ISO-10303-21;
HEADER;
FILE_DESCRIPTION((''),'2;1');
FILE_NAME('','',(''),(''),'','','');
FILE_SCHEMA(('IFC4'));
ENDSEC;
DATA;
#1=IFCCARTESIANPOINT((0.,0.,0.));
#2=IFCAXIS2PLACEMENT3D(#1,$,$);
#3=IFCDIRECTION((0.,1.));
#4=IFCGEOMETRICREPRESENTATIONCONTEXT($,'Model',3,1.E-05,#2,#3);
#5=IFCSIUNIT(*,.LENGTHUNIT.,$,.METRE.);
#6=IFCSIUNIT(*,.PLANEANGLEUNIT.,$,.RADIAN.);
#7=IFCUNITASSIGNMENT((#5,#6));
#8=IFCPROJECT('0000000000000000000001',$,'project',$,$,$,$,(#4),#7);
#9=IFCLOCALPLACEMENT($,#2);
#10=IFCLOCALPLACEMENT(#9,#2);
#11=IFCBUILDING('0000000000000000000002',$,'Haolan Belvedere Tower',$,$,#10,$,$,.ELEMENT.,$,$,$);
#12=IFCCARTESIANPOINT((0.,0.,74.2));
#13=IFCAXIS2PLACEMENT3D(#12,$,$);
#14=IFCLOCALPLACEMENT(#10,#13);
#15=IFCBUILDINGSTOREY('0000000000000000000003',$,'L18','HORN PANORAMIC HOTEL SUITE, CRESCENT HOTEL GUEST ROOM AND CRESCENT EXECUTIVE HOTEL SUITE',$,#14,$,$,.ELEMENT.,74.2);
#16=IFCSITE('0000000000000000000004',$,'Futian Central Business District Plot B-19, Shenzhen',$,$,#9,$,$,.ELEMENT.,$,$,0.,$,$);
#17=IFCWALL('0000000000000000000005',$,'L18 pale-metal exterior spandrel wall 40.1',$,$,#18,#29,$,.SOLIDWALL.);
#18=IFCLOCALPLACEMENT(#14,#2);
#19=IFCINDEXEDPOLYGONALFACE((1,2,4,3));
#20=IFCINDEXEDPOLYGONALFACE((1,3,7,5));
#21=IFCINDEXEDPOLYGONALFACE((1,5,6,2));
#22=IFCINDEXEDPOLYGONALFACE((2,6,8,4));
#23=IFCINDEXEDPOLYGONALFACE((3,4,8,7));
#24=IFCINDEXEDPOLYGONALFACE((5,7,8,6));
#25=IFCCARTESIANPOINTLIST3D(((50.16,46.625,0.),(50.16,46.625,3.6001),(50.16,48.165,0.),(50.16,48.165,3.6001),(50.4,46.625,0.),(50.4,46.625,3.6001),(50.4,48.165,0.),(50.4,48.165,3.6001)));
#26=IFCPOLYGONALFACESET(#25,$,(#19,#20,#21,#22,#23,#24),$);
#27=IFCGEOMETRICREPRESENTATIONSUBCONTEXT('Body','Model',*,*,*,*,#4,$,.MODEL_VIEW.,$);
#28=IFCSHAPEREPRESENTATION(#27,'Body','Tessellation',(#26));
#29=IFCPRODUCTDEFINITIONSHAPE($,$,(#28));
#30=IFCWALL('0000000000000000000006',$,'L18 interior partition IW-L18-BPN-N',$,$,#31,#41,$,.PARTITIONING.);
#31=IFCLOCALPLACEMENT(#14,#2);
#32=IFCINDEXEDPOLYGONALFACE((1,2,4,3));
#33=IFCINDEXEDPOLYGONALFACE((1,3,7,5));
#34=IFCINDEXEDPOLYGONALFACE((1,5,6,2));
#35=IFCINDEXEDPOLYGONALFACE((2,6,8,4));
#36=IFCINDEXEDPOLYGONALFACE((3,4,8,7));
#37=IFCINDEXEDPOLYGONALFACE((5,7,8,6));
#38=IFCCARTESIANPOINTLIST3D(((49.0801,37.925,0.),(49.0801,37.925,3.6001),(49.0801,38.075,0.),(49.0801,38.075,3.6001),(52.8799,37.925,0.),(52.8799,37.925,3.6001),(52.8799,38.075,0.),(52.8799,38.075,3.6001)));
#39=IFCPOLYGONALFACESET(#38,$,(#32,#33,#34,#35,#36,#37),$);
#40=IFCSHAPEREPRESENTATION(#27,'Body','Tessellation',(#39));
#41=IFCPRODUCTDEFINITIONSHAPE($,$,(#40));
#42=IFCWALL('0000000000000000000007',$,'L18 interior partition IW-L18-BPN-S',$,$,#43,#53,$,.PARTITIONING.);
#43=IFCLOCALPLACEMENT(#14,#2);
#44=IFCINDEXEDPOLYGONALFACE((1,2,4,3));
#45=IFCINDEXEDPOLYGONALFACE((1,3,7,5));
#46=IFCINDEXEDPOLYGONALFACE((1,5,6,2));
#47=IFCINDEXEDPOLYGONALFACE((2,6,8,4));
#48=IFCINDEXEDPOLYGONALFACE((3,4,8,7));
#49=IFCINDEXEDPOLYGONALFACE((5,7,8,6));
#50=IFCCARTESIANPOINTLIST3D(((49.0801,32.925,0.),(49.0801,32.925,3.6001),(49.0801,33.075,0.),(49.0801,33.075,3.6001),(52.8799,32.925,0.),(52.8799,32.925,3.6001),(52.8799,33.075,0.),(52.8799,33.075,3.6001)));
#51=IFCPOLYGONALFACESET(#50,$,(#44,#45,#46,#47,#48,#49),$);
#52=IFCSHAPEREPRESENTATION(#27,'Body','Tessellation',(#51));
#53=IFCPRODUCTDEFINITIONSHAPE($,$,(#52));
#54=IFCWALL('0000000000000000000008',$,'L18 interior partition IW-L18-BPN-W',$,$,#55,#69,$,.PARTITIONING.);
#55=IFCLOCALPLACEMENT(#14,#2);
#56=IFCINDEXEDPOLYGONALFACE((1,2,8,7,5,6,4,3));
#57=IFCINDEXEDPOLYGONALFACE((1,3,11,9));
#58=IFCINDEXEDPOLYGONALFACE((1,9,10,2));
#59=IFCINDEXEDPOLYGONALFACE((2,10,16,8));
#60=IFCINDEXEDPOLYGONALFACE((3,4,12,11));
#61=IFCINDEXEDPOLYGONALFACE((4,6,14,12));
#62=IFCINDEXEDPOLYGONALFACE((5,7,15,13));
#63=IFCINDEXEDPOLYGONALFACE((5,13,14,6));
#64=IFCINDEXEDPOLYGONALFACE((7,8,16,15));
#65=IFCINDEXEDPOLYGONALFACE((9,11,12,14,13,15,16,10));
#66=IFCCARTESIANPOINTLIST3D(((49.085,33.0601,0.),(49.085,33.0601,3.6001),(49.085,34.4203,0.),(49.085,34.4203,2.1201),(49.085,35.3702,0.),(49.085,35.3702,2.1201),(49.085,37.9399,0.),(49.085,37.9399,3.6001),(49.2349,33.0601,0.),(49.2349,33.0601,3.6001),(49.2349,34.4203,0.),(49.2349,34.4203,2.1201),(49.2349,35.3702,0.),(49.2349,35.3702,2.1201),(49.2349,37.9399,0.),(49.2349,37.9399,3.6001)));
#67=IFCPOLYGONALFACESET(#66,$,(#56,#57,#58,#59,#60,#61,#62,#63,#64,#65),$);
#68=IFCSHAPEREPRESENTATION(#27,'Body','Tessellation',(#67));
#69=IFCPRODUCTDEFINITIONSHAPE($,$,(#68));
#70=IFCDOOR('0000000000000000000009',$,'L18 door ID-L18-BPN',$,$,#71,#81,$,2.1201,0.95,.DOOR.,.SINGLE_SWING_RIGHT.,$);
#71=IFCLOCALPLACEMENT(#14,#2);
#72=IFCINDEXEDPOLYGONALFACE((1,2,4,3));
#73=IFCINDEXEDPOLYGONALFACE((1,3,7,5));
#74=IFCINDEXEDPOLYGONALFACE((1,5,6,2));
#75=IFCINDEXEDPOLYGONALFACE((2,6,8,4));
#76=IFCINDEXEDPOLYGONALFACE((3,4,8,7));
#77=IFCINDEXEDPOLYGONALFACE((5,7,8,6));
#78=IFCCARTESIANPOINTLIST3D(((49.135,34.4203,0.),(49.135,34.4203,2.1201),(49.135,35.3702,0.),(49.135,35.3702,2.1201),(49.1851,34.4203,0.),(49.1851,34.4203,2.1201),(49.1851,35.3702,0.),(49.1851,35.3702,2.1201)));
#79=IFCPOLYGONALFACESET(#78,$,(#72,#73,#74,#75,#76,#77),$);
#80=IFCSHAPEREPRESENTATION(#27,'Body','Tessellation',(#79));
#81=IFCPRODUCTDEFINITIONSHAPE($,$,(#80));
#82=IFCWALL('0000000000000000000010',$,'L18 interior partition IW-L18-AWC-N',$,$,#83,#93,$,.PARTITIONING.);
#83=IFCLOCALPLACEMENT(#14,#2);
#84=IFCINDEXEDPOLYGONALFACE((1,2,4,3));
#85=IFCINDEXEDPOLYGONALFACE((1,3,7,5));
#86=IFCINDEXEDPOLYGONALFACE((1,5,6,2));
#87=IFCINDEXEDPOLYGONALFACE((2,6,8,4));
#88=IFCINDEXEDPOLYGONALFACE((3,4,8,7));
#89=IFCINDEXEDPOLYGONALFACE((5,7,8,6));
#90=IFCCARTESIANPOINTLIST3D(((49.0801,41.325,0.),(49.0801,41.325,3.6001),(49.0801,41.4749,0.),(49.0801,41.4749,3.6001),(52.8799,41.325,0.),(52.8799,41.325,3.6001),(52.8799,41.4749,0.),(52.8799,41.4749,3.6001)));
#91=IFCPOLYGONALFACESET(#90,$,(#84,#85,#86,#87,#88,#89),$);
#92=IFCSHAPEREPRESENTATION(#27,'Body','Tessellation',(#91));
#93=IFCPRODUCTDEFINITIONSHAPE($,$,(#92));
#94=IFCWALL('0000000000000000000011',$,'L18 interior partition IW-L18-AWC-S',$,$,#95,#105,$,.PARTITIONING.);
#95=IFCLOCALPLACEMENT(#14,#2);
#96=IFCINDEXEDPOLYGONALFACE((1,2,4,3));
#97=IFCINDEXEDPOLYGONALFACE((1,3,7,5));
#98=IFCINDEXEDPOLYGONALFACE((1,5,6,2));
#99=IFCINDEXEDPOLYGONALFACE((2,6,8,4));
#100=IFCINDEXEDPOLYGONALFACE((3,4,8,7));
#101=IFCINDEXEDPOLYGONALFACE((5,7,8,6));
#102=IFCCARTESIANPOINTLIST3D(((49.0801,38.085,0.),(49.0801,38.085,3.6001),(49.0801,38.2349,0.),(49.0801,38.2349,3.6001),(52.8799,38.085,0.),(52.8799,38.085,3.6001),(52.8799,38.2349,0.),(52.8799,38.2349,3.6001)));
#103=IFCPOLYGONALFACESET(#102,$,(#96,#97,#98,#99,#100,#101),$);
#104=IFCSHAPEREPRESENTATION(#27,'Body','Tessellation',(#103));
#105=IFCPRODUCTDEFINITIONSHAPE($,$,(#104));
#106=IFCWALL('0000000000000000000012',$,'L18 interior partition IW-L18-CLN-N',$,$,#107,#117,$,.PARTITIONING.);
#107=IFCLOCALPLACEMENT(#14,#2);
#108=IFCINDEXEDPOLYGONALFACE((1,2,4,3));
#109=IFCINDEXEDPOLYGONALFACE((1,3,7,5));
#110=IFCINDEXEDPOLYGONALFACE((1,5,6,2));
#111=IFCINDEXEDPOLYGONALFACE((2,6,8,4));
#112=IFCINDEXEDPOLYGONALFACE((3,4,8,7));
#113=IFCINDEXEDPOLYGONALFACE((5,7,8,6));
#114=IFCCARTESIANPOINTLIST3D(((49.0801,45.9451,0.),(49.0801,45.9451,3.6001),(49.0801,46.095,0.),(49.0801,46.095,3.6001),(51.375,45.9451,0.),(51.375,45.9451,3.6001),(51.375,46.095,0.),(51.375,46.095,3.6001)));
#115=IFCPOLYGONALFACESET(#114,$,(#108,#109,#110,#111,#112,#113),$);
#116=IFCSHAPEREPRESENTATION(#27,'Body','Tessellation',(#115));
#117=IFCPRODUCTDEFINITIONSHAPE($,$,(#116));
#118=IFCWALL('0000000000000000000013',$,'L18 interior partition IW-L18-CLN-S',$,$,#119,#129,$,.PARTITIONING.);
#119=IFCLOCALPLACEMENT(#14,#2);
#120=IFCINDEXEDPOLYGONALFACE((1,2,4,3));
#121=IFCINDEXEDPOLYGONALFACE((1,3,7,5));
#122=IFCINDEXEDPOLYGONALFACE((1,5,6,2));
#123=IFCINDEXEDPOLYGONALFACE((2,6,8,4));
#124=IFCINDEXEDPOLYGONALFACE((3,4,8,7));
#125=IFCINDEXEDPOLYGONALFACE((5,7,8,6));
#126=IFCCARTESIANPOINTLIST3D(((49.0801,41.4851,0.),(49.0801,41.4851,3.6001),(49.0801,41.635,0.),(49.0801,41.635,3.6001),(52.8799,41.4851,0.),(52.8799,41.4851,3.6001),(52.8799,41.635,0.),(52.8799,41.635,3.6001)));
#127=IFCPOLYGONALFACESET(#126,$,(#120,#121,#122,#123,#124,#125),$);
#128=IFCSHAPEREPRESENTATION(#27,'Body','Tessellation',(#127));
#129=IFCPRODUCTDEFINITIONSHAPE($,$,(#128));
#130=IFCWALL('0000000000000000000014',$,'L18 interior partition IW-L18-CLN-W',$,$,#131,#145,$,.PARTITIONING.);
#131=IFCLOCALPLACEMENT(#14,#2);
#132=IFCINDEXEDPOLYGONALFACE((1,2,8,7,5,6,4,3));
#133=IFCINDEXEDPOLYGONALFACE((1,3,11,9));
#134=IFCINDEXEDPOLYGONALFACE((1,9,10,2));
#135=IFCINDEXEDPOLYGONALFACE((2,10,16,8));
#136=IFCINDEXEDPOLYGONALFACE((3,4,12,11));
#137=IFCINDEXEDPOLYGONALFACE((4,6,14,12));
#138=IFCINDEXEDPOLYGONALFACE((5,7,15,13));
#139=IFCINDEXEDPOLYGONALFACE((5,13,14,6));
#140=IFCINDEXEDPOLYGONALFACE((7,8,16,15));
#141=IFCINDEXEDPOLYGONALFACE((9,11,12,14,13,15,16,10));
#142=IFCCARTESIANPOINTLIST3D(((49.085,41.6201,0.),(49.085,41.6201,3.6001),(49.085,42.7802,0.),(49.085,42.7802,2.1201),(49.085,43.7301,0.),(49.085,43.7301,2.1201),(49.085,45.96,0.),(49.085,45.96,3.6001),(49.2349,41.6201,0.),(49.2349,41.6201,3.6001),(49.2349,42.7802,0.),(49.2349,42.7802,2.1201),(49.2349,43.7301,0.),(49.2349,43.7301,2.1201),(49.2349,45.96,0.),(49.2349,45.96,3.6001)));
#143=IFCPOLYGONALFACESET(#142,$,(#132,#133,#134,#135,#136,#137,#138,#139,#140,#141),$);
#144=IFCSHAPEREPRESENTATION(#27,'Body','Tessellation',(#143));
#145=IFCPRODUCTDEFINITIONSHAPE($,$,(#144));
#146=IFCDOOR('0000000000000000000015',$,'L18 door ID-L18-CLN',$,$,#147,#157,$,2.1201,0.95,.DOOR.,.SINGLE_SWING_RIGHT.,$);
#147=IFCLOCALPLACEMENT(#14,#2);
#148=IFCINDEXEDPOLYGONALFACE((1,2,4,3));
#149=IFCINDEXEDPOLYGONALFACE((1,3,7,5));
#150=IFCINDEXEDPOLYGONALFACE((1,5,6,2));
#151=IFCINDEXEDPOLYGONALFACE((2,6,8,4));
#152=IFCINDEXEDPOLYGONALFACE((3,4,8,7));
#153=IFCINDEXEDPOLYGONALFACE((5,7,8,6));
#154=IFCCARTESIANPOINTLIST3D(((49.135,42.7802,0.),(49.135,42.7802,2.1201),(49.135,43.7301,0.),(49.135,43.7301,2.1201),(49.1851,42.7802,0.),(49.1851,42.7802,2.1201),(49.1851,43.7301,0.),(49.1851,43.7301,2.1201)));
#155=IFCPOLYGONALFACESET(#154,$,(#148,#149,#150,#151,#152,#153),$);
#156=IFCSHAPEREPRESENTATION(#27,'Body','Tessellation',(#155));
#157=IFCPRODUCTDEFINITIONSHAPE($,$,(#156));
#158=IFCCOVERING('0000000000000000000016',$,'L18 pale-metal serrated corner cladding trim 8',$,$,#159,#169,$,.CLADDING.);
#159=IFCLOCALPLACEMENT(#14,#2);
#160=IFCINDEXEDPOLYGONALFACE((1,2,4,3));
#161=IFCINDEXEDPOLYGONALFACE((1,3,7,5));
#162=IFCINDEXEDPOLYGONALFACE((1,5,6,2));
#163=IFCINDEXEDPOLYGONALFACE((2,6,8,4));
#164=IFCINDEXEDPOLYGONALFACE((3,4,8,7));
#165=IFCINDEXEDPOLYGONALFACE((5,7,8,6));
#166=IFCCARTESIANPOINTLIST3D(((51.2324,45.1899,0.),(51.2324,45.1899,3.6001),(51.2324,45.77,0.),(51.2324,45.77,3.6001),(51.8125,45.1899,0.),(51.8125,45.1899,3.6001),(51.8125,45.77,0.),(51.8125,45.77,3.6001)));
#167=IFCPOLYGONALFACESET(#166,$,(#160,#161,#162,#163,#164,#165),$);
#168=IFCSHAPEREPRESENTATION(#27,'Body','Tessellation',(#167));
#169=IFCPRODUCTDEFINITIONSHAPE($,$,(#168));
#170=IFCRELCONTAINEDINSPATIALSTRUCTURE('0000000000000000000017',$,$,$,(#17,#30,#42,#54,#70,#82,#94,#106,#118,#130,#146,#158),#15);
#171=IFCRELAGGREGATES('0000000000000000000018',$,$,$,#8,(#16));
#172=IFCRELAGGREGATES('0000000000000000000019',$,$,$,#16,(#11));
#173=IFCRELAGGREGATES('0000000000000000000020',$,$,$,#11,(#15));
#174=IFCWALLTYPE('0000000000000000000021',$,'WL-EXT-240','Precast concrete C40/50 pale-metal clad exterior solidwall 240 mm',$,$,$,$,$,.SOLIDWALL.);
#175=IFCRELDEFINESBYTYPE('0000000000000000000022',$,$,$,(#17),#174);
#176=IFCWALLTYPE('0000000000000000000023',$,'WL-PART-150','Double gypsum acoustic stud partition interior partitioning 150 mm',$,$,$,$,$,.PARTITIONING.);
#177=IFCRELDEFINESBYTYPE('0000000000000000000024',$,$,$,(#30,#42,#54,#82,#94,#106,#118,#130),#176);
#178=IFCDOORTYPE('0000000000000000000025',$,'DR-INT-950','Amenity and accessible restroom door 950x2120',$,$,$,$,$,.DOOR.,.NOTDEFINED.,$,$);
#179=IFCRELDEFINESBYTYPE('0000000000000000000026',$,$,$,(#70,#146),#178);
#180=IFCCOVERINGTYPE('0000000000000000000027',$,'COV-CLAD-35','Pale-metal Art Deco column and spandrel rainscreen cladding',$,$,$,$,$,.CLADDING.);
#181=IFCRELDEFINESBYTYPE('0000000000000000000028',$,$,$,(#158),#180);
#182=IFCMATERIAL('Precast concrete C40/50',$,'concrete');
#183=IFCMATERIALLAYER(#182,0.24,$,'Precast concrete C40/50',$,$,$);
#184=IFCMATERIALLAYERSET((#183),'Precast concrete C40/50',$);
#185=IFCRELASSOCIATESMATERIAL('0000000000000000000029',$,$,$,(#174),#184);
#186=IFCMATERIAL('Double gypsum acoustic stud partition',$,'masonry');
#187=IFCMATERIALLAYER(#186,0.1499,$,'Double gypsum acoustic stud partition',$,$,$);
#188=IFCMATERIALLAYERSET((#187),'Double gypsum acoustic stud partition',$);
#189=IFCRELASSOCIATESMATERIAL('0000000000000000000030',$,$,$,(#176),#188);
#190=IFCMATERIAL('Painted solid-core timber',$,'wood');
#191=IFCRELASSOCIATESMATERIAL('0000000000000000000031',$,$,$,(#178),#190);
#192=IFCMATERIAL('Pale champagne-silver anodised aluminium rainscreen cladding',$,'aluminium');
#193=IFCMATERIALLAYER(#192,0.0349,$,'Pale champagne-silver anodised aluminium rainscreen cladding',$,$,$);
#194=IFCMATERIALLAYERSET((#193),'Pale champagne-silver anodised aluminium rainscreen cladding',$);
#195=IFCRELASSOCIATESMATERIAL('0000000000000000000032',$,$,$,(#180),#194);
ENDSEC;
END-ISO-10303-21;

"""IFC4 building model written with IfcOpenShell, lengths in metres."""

from ifc_helpers import new_model, si_unit, direction, frame, frame_2d, origin, origin_2d, place, context, subcontext, project, spatial, rectangle, extrude, material, layer, layer_set, type_object, element, fill, save


model = new_model("IFC4")

# Units and contexts
model_context = context("Model", 3, precision=1e-05, world=origin(), true_north=direction((0.0, 1.0)))
body_context = subcontext(model_context, "Body", "Model", "MODEL_VIEW")
ifc_project = project(units=[si_unit("LENGTHUNIT", "METRE"), si_unit("PLANEANGLEUNIT", "RADIAN")], contexts=[model_context])

# Site, building, storey
site_placement = place(None, origin())
site = spatial("IfcSite", under=ifc_project, at=site_placement, Name="Futian Central Business District Plot B-19, Shenzhen", CompositionType="ELEMENT", RefElevation=0.0)
building_placement = place(site_placement, origin())
building = spatial("IfcBuilding", under=site, at=building_placement, Name="Haolan Belvedere Tower", CompositionType="ELEMENT")
storey_placement = place(building_placement, frame((0.0, 0.0, 74.2)))
storey = spatial("IfcBuildingStorey", under=building, at=storey_placement, Name="L18", Description="HORN PANORAMIC HOTEL SUITE, CRESCENT HOTEL GUEST ROOM AND CRESCENT EXECUTIVE HOTEL SUITE", CompositionType="ELEMENT", Elevation=74.2)

# Walls
ifc_material_1 = material(Name="Precast concrete C40/50", Category="concrete")
ifc_layer_1 = layer(ifc_material_1, 0.24, Name="Precast concrete C40/50")
ifc_layer_set_1 = layer_set([ifc_layer_1], Name="Precast concrete C40/50")
wall_type_1 = type_object("IfcWallType", Name="WL-EXT-240", Description="Precast concrete C40/50 pale-metal clad exterior solidwall 240 mm", PredefinedType="SOLIDWALL", material=ifc_layer_set_1)
wall_1_placement = place(storey_placement, frame((50.28, 46.625, 0.0), z_axis=(0.0, 0.0, 1.0), x_axis=(0.0, 1.0, 0.0)))
element("IfcWall", 1, at=wall_1_placement, inside=storey, type_object=wall_type_1, Name="L18 pale-metal exterior spandrel wall 40.1", PredefinedType="SOLIDWALL", context=body_context, shape_type="SweptSolid", body=[
    extrude(rectangle(XDim=1.54, YDim=0.24, at=frame_2d((0.77, 0.0))), origin(), (0.0, 0.0, 1.0), 3.6001),
])
ifc_material_2 = material(Name="Double gypsum acoustic stud partition", Category="masonry")
ifc_layer_2 = layer(ifc_material_2, 0.1499, Name="Double gypsum acoustic stud partition")
ifc_layer_set_2 = layer_set([ifc_layer_2], Name="Double gypsum acoustic stud partition")
wall_type_2 = type_object("IfcWallType", Name="WL-PART-150", Description="Double gypsum acoustic stud partition interior partitioning 150 mm", PredefinedType="PARTITIONING", material=ifc_layer_set_2)
for number, where, z_axis, x_axis, name in (
    (2, (49.0801, 38.0, 0.0), (0.0, 0.0, 1.0), (1.0, 0.0, 0.0), "L18 interior partition IW-L18-BPN-N"),
    (3, (49.0801, 33.0, 0.0), (0.0, 0.0, 1.0), (1.0, 0.0, 0.0), "L18 interior partition IW-L18-BPN-S"),
):
    element("IfcWall", number, at=place(storey_placement, frame(where, z_axis=z_axis, x_axis=x_axis)), inside=storey, type_object=wall_type_2, Name=name, PredefinedType="PARTITIONING", context=body_context, shape_type="SweptSolid", body=[
        extrude(rectangle(XDim=3.7998, YDim=0.1499, at=frame_2d((1.8999, 0.0))), origin(), (0.0, 0.0, 1.0), 3.6001),
    ])

# Wall, opening, door
wall_2_placement = place(storey_placement, frame((49.1599, 33.0601, 0.0), z_axis=(0.0, 0.0, 1.0), x_axis=(0.0, 1.0, 0.0)))
wall_2 = element("IfcWall", 4, at=wall_2_placement, inside=storey, type_object=wall_type_2, Name="L18 interior partition IW-L18-BPN-W", PredefinedType="PARTITIONING", context=body_context, shape_type="SweptSolid", body=[
    extrude(rectangle(XDim=4.8799, YDim=0.1499, at=frame_2d((2.4399, 0.0))), origin(), (0.0, 0.0, 1.0), 3.6001),
])
opening_1_placement = place(wall_2_placement, frame((1.3601, 0.0, 0.0)))
opening_1 = element("IfcOpeningElement", 5, at=opening_1_placement, cuts=wall_2, PredefinedType="OPENING", context=body_context, shape_type="SweptSolid", body=[
    extrude(rectangle(XDim=0.95, YDim=2.1201, at=frame_2d((0.4751, 1.0601))), frame((0.0, 0.085, 0.0), z_axis=(0.0, -1.0, 0.0), x_axis=(1.0, 0.0, 0.0)), (0.0, 0.0, 1.0), 0.1699),
])
ifc_material_3 = material(Name="Painted solid-core timber", Category="wood")
door_type = type_object("IfcDoorType", Name="DR-INT-950", Description="Amenity and accessible restroom door 950x2120", OperationType="NOTDEFINED", PredefinedType="DOOR", material=ifc_material_3)
door_1_placement = place(opening_1_placement, origin())
door_1 = element("IfcDoor", 6, at=door_1_placement, inside=storey, type_object=door_type, Name="L18 door ID-L18-BPN", OperationType="SINGLE_SWING_RIGHT", OverallHeight=2.1201, OverallWidth=0.95, PredefinedType="DOOR", context=body_context, shape_type="SweptSolid", body=[
    extrude(rectangle(XDim=0.95, YDim=2.1201, at=frame_2d((0.4751, 1.0601))), frame((0.0, 0.0249, 0.0), z_axis=(0.0, -1.0, 0.0), x_axis=(1.0, 0.0, 0.0)), (0.0, 0.0, 1.0), 0.05),
])
fill(opening_1, door_1)

# Walls
for number, where, z_axis, x_axis, name in (
    (7, (49.0801, 41.3999, 0.0), (0.0, 0.0, 1.0), (1.0, 0.0, 0.0), "L18 interior partition IW-L18-AWC-N"),
    (8, (49.0801, 38.1599, 0.0), (0.0, 0.0, 1.0), (1.0, 0.0, 0.0), "L18 interior partition IW-L18-AWC-S"),
):
    element("IfcWall", number, at=place(storey_placement, frame(where, z_axis=z_axis, x_axis=x_axis)), inside=storey, type_object=wall_type_2, Name=name, PredefinedType="PARTITIONING", context=body_context, shape_type="SweptSolid", body=[
        extrude(rectangle(XDim=3.7998, YDim=0.1499, at=frame_2d((1.8999, 0.0))), origin(), (0.0, 0.0, 1.0), 3.6001),
    ])

# Walls
wall_3_placement = place(storey_placement, frame((49.0801, 46.02, 0.0), z_axis=(0.0, 0.0, 1.0), x_axis=(1.0, 0.0, 0.0)))
element("IfcWall", 9, at=wall_3_placement, inside=storey, type_object=wall_type_2, Name="L18 interior partition IW-L18-CLN-N", PredefinedType="PARTITIONING", context=body_context, shape_type="SweptSolid", body=[
    extrude(rectangle(XDim=2.2949, YDim=0.1499, at=frame_2d((1.1475, 0.0))), origin(), (0.0, 0.0, 1.0), 3.6001),
])
wall_4_placement = place(storey_placement, frame((49.0801, 41.5601, 0.0), z_axis=(0.0, 0.0, 1.0), x_axis=(1.0, 0.0, 0.0)))
element("IfcWall", 10, at=wall_4_placement, inside=storey, type_object=wall_type_2, Name="L18 interior partition IW-L18-CLN-S", PredefinedType="PARTITIONING", context=body_context, shape_type="SweptSolid", body=[
    extrude(rectangle(XDim=3.7998, YDim=0.1499, at=frame_2d((1.8999, 0.0))), origin(), (0.0, 0.0, 1.0), 3.6001),
])

# Wall, opening, door
wall_5_placement = place(storey_placement, frame((49.1599, 41.6201, 0.0), z_axis=(0.0, 0.0, 1.0), x_axis=(0.0, 1.0, 0.0)))
wall_5 = element("IfcWall", 11, at=wall_5_placement, inside=storey, type_object=wall_type_2, Name="L18 interior partition IW-L18-CLN-W", PredefinedType="PARTITIONING", context=body_context, shape_type="SweptSolid", body=[
    extrude(rectangle(XDim=4.3398, YDim=0.1499, at=frame_2d((2.1699, 0.0))), origin(), (0.0, 0.0, 1.0), 3.6001),
])
opening_2_placement = place(wall_5_placement, frame((1.1599, 0.0, 0.0)))
opening_2 = element("IfcOpeningElement", 12, at=opening_2_placement, cuts=wall_5, PredefinedType="OPENING", context=body_context, shape_type="SweptSolid", body=[
    extrude(rectangle(XDim=0.95, YDim=2.1201, at=frame_2d((0.4751, 1.0601))), frame((0.0, 0.085, 0.0), z_axis=(0.0, -1.0, 0.0), x_axis=(1.0, 0.0, 0.0)), (0.0, 0.0, 1.0), 0.1699),
])
door_2_placement = place(opening_2_placement, origin())
door_2 = element("IfcDoor", 13, at=door_2_placement, inside=storey, type_object=door_type, Name="L18 door ID-L18-CLN", OperationType="SINGLE_SWING_RIGHT", OverallHeight=2.1201, OverallWidth=0.95, PredefinedType="DOOR", context=body_context, shape_type="SweptSolid", body=[
    extrude(rectangle(XDim=0.95, YDim=2.1201, at=frame_2d((0.4751, 1.0601))), frame((0.0, 0.0249, 0.0), z_axis=(0.0, -1.0, 0.0), x_axis=(1.0, 0.0, 0.0)), (0.0, 0.0, 1.0), 0.05),
])
fill(opening_2, door_2)

# Covering
ifc_material_4 = material(Name="Pale champagne-silver anodised aluminium rainscreen cladding", Category="aluminium")
ifc_layer_3 = layer(ifc_material_4, 0.0349, Name="Pale champagne-silver anodised aluminium rainscreen cladding")
ifc_layer_set_3 = layer_set([ifc_layer_3], Name="Pale champagne-silver anodised aluminium rainscreen cladding")
covering_type = type_object("IfcCoveringType", Name="COV-CLAD-35", Description="Pale-metal Art Deco column and spandrel rainscreen cladding", PredefinedType="CLADDING", material=ifc_layer_set_3)
covering_placement = place(storey_placement, frame((51.5225, 45.48, 0.0), z_axis=(0.0, 0.0, 1.0), x_axis=(1.0, 0.0, 0.0)))
element("IfcCovering", 14, at=covering_placement, inside=storey, type_object=covering_type, Name="L18 pale-metal serrated corner cladding trim 8", PredefinedType="CLADDING", context=body_context, shape_type="SweptSolid", body=[
    extrude(rectangle(XDim=0.5801, YDim=0.5801, at=origin_2d()), origin(), (0.0, 0.0, 1.0), 3.6001),
])

save(model, "model.ifc")
